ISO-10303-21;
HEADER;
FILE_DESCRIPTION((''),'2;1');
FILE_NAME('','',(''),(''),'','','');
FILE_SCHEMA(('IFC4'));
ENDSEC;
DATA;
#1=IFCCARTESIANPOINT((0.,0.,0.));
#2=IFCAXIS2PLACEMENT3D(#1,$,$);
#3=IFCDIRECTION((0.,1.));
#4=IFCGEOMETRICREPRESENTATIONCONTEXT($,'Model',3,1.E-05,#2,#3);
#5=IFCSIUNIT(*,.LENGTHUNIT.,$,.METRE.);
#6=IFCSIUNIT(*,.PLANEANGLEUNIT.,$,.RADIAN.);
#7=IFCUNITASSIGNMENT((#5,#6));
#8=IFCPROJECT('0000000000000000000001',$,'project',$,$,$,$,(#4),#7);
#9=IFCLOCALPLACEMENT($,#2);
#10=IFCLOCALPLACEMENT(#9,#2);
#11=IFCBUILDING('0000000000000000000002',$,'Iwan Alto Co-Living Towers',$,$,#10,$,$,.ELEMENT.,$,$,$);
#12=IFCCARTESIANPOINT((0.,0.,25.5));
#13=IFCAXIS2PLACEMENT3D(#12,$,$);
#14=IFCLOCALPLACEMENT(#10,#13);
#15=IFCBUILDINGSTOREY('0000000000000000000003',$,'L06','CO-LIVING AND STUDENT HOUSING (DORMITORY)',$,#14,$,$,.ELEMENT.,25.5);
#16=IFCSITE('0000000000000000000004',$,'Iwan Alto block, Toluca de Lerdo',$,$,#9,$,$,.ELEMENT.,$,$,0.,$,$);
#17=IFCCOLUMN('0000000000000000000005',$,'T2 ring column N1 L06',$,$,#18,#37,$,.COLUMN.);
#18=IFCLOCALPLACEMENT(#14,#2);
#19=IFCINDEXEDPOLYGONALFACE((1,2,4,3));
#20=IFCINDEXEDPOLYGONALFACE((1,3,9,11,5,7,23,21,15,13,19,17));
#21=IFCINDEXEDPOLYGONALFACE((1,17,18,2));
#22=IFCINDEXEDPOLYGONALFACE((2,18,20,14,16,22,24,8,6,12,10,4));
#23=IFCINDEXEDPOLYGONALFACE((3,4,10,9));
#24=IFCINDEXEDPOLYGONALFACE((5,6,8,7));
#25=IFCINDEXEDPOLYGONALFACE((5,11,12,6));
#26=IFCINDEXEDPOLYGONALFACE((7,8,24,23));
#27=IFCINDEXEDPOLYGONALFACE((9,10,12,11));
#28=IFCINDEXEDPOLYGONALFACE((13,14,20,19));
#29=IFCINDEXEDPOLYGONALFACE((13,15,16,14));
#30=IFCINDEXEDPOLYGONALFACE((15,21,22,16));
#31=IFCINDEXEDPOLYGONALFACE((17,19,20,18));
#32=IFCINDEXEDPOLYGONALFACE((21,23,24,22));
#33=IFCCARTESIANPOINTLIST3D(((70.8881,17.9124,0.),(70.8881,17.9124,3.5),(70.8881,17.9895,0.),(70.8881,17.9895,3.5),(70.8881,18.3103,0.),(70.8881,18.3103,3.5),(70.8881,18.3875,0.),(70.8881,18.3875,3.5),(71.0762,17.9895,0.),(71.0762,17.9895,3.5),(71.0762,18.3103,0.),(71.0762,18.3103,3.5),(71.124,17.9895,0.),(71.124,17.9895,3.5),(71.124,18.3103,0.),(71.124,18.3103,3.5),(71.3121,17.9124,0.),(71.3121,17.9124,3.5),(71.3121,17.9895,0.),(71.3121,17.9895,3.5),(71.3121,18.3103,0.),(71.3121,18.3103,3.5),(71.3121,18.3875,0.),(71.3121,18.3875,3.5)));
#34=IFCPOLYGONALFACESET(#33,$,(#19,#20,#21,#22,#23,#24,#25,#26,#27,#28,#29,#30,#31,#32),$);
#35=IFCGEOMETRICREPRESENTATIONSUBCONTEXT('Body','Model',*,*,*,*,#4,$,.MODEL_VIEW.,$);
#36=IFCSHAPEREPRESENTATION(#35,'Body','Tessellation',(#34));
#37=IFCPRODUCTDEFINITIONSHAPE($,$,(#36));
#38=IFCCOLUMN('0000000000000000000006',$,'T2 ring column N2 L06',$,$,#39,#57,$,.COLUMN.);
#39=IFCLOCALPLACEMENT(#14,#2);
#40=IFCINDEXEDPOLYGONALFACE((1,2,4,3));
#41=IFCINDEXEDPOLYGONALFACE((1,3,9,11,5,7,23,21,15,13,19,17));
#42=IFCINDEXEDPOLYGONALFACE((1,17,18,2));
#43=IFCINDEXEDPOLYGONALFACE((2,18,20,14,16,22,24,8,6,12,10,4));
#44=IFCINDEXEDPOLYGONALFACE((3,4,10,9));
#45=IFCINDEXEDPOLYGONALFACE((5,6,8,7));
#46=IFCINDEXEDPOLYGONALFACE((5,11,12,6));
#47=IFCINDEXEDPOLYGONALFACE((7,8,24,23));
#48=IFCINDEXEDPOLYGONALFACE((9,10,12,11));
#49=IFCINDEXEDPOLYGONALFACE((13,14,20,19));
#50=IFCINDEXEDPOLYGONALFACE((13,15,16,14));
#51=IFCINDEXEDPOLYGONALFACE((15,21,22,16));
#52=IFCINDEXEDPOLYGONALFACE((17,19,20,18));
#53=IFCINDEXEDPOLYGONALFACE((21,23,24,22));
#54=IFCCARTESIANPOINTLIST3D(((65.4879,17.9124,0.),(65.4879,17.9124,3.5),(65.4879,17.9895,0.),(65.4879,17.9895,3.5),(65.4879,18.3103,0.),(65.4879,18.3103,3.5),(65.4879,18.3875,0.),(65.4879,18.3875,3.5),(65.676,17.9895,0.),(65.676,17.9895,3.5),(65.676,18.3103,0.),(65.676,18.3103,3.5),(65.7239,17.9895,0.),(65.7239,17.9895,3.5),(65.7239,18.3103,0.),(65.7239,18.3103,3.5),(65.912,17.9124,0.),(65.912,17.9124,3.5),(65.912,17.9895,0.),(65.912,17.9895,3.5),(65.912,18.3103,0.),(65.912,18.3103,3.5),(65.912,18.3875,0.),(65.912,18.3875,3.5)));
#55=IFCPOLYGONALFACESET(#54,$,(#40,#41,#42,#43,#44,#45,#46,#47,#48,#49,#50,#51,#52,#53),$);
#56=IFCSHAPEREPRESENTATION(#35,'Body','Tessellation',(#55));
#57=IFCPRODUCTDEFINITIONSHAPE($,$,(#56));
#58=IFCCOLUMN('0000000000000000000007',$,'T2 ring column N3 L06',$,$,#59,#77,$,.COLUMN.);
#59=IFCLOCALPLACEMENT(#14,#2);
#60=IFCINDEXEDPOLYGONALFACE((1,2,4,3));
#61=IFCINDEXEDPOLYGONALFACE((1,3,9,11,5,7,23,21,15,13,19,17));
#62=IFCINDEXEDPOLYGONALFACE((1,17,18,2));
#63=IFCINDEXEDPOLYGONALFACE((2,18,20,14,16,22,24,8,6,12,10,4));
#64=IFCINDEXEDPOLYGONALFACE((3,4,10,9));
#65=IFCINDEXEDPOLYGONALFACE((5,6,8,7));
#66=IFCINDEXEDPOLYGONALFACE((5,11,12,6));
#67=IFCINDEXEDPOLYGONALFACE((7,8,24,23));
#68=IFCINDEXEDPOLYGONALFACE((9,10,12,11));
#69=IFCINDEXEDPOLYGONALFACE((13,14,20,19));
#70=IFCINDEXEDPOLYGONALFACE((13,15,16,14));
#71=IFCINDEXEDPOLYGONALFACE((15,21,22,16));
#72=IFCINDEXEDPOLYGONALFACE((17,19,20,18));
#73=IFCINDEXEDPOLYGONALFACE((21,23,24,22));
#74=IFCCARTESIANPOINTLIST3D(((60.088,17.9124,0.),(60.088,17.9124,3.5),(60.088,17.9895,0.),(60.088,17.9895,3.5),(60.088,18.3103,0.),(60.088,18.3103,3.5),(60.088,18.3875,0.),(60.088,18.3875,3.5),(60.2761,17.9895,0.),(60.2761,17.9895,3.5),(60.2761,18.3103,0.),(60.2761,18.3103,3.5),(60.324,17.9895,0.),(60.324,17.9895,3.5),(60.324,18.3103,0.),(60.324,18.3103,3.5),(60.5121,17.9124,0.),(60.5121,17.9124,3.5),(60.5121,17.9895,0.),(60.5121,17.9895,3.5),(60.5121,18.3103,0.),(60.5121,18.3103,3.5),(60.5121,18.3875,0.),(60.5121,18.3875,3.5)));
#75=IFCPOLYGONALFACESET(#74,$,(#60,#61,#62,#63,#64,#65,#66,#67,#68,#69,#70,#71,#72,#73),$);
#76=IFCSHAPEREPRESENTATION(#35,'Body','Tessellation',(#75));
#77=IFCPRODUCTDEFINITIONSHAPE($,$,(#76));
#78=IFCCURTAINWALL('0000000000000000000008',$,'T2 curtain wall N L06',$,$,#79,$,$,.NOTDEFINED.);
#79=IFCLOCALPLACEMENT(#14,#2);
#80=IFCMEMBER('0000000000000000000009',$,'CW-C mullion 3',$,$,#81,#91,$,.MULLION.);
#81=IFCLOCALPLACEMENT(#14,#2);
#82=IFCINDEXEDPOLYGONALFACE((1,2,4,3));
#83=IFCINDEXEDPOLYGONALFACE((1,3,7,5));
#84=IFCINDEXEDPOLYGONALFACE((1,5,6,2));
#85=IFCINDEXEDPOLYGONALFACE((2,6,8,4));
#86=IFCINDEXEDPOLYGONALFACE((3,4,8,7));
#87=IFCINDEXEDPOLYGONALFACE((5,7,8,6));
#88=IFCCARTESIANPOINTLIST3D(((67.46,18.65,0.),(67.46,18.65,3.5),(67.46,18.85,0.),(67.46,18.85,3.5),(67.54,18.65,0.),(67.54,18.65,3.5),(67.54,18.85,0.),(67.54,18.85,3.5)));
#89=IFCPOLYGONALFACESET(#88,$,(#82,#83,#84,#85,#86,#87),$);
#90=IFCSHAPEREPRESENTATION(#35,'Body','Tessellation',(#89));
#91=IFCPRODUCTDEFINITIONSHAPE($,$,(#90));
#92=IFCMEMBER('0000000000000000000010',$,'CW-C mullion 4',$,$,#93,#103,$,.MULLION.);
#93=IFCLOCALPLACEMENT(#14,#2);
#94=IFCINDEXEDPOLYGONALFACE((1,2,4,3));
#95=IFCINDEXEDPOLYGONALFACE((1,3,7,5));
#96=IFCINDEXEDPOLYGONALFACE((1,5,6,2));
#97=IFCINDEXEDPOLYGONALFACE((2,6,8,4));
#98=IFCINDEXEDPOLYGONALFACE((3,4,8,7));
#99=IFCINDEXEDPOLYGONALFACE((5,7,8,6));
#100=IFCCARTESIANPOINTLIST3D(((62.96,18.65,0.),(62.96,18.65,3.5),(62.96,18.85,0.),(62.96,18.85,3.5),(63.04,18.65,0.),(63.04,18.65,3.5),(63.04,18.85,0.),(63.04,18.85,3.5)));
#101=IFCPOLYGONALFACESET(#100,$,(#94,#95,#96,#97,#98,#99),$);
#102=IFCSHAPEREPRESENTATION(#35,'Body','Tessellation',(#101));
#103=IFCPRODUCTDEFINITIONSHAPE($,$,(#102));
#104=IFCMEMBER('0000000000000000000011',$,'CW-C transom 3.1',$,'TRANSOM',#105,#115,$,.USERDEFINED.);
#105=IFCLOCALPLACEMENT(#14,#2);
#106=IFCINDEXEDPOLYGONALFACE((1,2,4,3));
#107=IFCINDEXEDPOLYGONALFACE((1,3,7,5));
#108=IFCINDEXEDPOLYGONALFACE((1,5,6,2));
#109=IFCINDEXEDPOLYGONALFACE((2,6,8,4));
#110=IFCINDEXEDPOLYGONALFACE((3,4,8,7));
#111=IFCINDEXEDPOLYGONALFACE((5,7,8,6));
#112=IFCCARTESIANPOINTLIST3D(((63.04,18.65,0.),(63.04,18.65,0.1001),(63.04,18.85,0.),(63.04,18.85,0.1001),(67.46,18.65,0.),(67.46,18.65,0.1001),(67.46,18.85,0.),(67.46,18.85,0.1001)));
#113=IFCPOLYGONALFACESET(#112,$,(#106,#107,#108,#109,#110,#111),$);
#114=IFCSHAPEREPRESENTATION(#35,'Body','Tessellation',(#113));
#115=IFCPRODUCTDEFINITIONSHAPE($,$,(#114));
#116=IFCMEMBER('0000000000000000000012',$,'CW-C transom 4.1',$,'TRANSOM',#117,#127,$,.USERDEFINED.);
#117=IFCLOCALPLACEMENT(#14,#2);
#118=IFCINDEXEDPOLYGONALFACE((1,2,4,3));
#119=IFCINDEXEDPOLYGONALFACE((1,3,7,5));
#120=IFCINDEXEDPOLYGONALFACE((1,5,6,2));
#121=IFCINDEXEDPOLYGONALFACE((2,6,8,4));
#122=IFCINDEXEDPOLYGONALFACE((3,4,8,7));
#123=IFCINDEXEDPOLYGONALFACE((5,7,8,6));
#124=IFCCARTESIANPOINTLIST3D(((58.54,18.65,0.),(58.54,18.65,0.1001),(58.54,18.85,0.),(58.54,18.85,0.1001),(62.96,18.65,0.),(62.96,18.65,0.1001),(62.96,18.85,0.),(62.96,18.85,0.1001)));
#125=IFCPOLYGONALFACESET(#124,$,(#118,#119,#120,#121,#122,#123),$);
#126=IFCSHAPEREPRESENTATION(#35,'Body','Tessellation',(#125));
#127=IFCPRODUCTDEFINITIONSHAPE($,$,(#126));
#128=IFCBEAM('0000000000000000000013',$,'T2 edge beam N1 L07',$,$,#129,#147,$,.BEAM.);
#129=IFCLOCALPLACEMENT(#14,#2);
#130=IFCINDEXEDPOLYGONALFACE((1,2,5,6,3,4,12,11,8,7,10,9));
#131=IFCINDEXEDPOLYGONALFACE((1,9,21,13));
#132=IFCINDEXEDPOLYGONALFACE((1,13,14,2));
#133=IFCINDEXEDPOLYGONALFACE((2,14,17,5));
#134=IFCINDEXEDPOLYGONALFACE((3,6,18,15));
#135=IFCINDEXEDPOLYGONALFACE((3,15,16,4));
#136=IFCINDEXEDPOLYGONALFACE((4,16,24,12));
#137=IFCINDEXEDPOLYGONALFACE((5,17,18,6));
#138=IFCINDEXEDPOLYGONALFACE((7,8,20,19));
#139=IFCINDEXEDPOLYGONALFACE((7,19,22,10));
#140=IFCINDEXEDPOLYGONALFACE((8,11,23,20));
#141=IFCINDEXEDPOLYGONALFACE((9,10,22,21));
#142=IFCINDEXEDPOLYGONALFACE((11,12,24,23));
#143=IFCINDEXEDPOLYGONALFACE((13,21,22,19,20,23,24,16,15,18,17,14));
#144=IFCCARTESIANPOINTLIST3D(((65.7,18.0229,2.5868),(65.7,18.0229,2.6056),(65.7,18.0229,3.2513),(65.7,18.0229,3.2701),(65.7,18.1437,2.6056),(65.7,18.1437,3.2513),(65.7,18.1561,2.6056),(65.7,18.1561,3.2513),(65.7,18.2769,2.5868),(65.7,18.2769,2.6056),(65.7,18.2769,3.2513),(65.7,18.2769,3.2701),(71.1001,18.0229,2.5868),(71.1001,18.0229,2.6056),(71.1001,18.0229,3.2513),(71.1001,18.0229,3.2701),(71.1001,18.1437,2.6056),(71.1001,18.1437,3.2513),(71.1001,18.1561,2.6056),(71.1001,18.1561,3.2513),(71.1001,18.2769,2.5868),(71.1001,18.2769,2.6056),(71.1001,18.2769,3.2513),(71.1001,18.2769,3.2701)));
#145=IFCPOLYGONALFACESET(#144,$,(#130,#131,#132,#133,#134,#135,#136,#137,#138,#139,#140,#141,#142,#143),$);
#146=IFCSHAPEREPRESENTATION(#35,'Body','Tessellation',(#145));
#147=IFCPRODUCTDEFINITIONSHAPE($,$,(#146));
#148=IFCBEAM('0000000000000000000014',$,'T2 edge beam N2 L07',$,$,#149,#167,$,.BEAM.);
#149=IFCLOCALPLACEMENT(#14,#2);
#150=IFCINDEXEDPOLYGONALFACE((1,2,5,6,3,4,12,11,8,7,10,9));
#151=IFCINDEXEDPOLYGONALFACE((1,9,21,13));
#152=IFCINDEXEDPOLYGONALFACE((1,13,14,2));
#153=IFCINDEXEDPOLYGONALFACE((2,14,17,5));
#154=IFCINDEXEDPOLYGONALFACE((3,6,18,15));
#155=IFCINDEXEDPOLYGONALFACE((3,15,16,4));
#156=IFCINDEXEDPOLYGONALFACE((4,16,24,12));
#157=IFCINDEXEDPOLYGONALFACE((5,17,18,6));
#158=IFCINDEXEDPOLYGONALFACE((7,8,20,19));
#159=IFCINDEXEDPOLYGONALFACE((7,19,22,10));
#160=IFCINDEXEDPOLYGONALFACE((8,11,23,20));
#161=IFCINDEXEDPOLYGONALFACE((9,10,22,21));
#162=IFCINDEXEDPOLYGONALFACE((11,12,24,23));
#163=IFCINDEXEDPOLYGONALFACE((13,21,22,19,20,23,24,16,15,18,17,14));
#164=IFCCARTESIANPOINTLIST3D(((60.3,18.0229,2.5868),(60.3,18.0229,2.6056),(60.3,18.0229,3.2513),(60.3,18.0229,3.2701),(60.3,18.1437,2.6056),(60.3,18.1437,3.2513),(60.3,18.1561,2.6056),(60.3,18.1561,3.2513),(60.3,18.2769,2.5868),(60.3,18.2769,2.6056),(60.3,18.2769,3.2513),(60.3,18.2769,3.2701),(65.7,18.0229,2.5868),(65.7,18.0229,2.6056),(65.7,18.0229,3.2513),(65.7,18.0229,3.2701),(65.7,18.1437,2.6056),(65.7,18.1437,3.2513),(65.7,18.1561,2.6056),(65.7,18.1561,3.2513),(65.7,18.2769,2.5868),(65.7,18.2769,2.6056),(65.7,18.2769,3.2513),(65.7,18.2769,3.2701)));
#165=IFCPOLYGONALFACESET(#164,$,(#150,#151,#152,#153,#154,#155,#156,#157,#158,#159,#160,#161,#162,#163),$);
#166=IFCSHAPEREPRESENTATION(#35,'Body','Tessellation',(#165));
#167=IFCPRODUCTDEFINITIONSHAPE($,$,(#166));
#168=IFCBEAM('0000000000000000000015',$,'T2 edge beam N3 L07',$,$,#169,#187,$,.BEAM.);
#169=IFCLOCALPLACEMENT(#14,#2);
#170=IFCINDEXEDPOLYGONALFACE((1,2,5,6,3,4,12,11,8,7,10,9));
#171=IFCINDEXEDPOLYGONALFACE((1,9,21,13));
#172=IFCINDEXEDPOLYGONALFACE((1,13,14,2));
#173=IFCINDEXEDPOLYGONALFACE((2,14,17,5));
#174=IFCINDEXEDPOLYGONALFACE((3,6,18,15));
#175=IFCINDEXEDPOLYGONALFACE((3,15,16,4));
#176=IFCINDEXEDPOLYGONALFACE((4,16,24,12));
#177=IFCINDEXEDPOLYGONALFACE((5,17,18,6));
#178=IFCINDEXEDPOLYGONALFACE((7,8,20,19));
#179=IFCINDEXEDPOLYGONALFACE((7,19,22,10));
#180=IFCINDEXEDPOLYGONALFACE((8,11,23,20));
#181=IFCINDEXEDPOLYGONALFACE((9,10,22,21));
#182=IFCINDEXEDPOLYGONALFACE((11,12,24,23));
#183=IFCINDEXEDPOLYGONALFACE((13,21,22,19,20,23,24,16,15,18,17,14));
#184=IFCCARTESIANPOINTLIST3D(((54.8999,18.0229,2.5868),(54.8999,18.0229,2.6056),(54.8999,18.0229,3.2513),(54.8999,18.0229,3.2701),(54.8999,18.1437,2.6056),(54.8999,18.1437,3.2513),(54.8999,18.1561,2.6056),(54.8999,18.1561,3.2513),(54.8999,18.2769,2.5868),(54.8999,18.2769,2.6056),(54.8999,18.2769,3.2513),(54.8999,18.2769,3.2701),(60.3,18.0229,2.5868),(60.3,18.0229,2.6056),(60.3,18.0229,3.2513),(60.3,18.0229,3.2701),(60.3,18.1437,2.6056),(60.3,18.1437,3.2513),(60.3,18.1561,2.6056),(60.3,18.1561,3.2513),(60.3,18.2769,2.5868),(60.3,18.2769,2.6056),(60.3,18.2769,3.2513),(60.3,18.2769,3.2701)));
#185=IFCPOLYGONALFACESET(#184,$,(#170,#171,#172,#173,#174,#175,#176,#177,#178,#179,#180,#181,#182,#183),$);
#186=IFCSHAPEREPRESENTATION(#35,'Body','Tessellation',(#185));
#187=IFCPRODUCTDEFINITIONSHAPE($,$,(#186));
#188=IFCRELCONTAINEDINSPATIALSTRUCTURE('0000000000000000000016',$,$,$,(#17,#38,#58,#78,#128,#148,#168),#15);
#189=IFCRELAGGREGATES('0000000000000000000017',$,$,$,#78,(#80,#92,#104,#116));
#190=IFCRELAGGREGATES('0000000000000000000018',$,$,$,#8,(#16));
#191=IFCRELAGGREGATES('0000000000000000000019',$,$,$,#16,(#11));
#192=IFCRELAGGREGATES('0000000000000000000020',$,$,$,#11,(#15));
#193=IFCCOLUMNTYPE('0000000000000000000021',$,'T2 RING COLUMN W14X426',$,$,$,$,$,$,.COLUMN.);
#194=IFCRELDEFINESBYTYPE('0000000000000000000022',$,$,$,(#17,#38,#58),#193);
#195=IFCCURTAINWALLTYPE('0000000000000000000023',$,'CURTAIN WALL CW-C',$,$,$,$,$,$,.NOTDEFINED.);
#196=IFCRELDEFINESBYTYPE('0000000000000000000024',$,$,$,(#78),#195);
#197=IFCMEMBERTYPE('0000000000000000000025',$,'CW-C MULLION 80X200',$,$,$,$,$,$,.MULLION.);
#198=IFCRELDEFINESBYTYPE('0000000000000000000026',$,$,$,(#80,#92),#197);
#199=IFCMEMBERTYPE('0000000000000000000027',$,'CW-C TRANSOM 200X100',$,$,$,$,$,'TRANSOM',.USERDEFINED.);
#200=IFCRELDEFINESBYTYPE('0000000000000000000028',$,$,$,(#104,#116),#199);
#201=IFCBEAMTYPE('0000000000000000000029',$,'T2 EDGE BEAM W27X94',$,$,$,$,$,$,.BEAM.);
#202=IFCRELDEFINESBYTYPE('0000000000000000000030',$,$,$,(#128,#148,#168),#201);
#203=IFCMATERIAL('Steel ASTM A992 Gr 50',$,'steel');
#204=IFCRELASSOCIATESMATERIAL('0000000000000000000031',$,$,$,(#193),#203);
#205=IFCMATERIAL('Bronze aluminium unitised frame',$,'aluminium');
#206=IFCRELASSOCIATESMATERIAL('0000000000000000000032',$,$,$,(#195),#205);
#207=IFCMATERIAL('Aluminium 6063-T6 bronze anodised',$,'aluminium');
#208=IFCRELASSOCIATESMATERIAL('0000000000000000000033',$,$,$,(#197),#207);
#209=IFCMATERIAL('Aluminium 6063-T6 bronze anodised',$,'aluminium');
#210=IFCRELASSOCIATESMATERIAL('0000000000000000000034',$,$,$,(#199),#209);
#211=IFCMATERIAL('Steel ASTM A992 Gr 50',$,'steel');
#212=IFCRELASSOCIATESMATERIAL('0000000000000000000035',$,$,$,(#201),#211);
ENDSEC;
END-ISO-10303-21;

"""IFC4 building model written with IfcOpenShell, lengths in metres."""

from ifc_helpers import new_model, si_unit, direction, frame, origin, origin_2d, place, context, subcontext, project, spatial, rectangle, i_section, extrude, material, material_profile, profile_set, type_object, element, aggregate, save


model = new_model("IFC4")

# Units and contexts
model_context = context("Model", 3, precision=1e-05, world=origin(), true_north=direction((0.0, 1.0)))
body_context = subcontext(model_context, "Body", "Model", "MODEL_VIEW")
ifc_project = project(units=[si_unit("LENGTHUNIT", "METRE"), si_unit("PLANEANGLEUNIT", "RADIAN")], contexts=[model_context])

# Site, building, storey
site_placement = place(None, origin())
site = spatial("IfcSite", under=ifc_project, at=site_placement, Name="Iwan Alto block, Toluca de Lerdo", CompositionType="ELEMENT", RefElevation=0.0)
building_placement = place(site_placement, origin())
building = spatial("IfcBuilding", under=site, at=building_placement, Name="Iwan Alto Co-Living Towers", CompositionType="ELEMENT")
storey_placement = place(building_placement, frame((0.0, 0.0, 25.5)))
storey = spatial("IfcBuildingStorey", under=building, at=storey_placement, Name="L06", Description="CO-LIVING AND STUDENT HOUSING (DORMITORY)", CompositionType="ELEMENT", Elevation=25.5)

# Columns
ifc_material_1 = material(Name="Steel ASTM A992 Gr 50", Category="steel")
ifc_material_profile_1 = material_profile(ifc_material_1, i_section(OverallWidth=0.4241, OverallDepth=0.4751, WebThickness=0.0479, FlangeThickness=0.0771, at=origin_2d()), Name="W14X426")
ifc_profile_set_1 = profile_set([ifc_material_profile_1], Name="Steel ASTM A992 Gr 50")
column_type = type_object("IfcColumnType", Name="T2 RING COLUMN W14X426", PredefinedType="COLUMN", material=ifc_profile_set_1)
for number, where, z_axis, x_axis, name in (
    (1, (71.1001, 18.1499, 0.0), (0.0, 0.0, 1.0), (1.0, 0.0, 0.0), "T2 ring column N1 L06"),
    (2, (65.7, 18.1499, 0.0), (0.0, 0.0, 1.0), (1.0, 0.0, 0.0), "T2 ring column N2 L06"),
    (3, (60.3, 18.1499, 0.0), (0.0, 0.0, 1.0), (1.0, 0.0, 0.0), "T2 ring column N3 L06"),
):
    element("IfcColumn", number, at=place(storey_placement, frame(where, z_axis=z_axis, x_axis=x_axis)), inside=storey, type_object=column_type, Name=name, PredefinedType="COLUMN", context=body_context, shape_type="SweptSolid", body=[
        extrude(i_section(OverallWidth=0.4241, OverallDepth=0.4751, WebThickness=0.0479, FlangeThickness=0.0771, at=origin_2d()), origin(), (0.0, 0.0, 1.0), 3.5),
    ])

# Curtain wall, members
ifc_material_2 = material(Name="Bronze aluminium unitised frame", Category="aluminium")
curtain_wall_type = type_object("IfcCurtainWallType", Name="CURTAIN WALL CW-C", PredefinedType="NOTDEFINED", material=ifc_material_2)
curtain_wall_placement = place(storey_placement, origin())
curtain_wall = element("IfcCurtainWall", 4, at=curtain_wall_placement, inside=storey, type_object=curtain_wall_type, Name="T2 curtain wall N L06", PredefinedType="NOTDEFINED")
ifc_material_3 = material(Name="Aluminium 6063-T6 bronze anodised", Category="aluminium")
ifc_material_profile_2 = material_profile(ifc_material_3, rectangle(XDim=0.2, YDim=0.0801, at=origin_2d()), Name="AL 80X200")
ifc_profile_set_2 = profile_set([ifc_material_profile_2], Name="Aluminium 6063-T6 bronze anodised")
member_type_1 = type_object("IfcMemberType", Name="CW-C MULLION 80X200", PredefinedType="MULLION", material=ifc_profile_set_2)
member_1_placement = place(storey_placement, frame((67.5, 18.75, 0.0), z_axis=(0.0, 0.0, 1.0), x_axis=(0.0, -1.0, 0.0)))
member_1 = element("IfcMember", 5, at=member_1_placement, type_object=member_type_1, Name="CW-C mullion 3", PredefinedType="MULLION", context=body_context, shape_type="SweptSolid", body=[
    extrude(rectangle(XDim=0.2, YDim=0.0801, at=origin_2d()), origin(), (0.0, 0.0, 1.0), 3.5),
])
member_2_placement = place(storey_placement, frame((63.0, 18.75, 0.0), z_axis=(0.0, 0.0, 1.0), x_axis=(0.0, -1.0, 0.0)))
member_2 = element("IfcMember", 6, at=member_2_placement, type_object=member_type_1, Name="CW-C mullion 4", PredefinedType="MULLION", context=body_context, shape_type="SweptSolid", body=[
    extrude(rectangle(XDim=0.2, YDim=0.0801, at=origin_2d()), origin(), (0.0, 0.0, 1.0), 3.5),
])
ifc_material_4 = material(Name="Aluminium 6063-T6 bronze anodised", Category="aluminium")
ifc_material_profile_3 = material_profile(ifc_material_4, rectangle(XDim=0.2, YDim=0.1001, at=origin_2d()), Name="AL 200X100")
ifc_profile_set_3 = profile_set([ifc_material_profile_3], Name="Aluminium 6063-T6 bronze anodised")
member_type_2 = type_object("IfcMemberType", Name="CW-C TRANSOM 200X100", ElementType="TRANSOM", PredefinedType="USERDEFINED", material=ifc_profile_set_3)
member_3_placement = place(storey_placement, frame((67.46, 18.75, 0.05), z_axis=(-1.0, 0.0, 0.0), x_axis=(0.0, -1.0, 0.0)))
member_3 = element("IfcMember", 7, at=member_3_placement, type_object=member_type_2, Name="CW-C transom 3.1", ObjectType="TRANSOM", PredefinedType="USERDEFINED", context=body_context, shape_type="SweptSolid", body=[
    extrude(rectangle(XDim=0.2, YDim=0.1001, at=origin_2d()), origin(), (0.0, 0.0, 1.0), 4.4199),
])
member_4_placement = place(storey_placement, frame((62.96, 18.75, 0.05), z_axis=(-1.0, 0.0, 0.0), x_axis=(0.0, -1.0, 0.0)))
member_4 = element("IfcMember", 8, at=member_4_placement, type_object=member_type_2, Name="CW-C transom 4.1", ObjectType="TRANSOM", PredefinedType="USERDEFINED", context=body_context, shape_type="SweptSolid", body=[
    extrude(rectangle(XDim=0.2, YDim=0.1001, at=origin_2d()), origin(), (0.0, 0.0, 1.0), 4.4199),
])

# Beams
ifc_material_5 = material(Name="Steel ASTM A992 Gr 50", Category="steel")
ifc_material_profile_4 = material_profile(ifc_material_5, i_section(OverallWidth=0.2539, OverallDepth=0.6833, WebThickness=0.0125, FlangeThickness=0.0188, at=origin_2d()), Name="W27X94")
ifc_profile_set_4 = profile_set([ifc_material_profile_4], Name="Steel ASTM A992 Gr 50")
beam_type_1 = type_object("IfcBeamType", Name="T2 EDGE BEAM W27X94", PredefinedType="BEAM", material=ifc_profile_set_4)
beam_1_placement = place(storey_placement, frame((71.1001, 18.1499, 2.9285), z_axis=(-1.0, 0.0, 0.0), x_axis=(0.0, -1.0, 0.0)))
element("IfcBeam", 9, at=beam_1_placement, inside=storey, type_object=beam_type_1, Name="T2 edge beam N1 L07", PredefinedType="BEAM", context=body_context, shape_type="SweptSolid", body=[
    extrude(i_section(OverallWidth=0.2539, OverallDepth=0.6833, WebThickness=0.0125, FlangeThickness=0.0188, at=origin_2d()), origin(), (0.0, 0.0, 1.0), 5.4001),
])
beam_2_placement = place(storey_placement, frame((65.7, 18.1499, 2.9285), z_axis=(-1.0, 0.0, 0.0), x_axis=(0.0, -1.0, 0.0)))
element("IfcBeam", 10, at=beam_2_placement, inside=storey, type_object=beam_type_1, Name="T2 edge beam N2 L07", PredefinedType="BEAM", context=body_context, shape_type="SweptSolid", body=[
    extrude(i_section(OverallWidth=0.2539, OverallDepth=0.6833, WebThickness=0.0125, FlangeThickness=0.0188, at=origin_2d()), origin(), (0.0, 0.0, 1.0), 5.3999),
])
beam_3_placement = place(storey_placement, frame((60.3, 18.1499, 2.9285), z_axis=(-1.0, 0.0, 0.0), x_axis=(0.0, -1.0, 0.0)))
element("IfcBeam", 11, at=beam_3_placement, inside=storey, type_object=beam_type_1, Name="T2 edge beam N3 L07", PredefinedType="BEAM", context=body_context, shape_type="SweptSolid", body=[
    extrude(i_section(OverallWidth=0.2539, OverallDepth=0.6833, WebThickness=0.0125, FlangeThickness=0.0188, at=origin_2d()), origin(), (0.0, 0.0, 1.0), 5.4001),
])

aggregate(curtain_wall, [member_1, member_2, member_3, member_4])

save(model, "model.ifc")
